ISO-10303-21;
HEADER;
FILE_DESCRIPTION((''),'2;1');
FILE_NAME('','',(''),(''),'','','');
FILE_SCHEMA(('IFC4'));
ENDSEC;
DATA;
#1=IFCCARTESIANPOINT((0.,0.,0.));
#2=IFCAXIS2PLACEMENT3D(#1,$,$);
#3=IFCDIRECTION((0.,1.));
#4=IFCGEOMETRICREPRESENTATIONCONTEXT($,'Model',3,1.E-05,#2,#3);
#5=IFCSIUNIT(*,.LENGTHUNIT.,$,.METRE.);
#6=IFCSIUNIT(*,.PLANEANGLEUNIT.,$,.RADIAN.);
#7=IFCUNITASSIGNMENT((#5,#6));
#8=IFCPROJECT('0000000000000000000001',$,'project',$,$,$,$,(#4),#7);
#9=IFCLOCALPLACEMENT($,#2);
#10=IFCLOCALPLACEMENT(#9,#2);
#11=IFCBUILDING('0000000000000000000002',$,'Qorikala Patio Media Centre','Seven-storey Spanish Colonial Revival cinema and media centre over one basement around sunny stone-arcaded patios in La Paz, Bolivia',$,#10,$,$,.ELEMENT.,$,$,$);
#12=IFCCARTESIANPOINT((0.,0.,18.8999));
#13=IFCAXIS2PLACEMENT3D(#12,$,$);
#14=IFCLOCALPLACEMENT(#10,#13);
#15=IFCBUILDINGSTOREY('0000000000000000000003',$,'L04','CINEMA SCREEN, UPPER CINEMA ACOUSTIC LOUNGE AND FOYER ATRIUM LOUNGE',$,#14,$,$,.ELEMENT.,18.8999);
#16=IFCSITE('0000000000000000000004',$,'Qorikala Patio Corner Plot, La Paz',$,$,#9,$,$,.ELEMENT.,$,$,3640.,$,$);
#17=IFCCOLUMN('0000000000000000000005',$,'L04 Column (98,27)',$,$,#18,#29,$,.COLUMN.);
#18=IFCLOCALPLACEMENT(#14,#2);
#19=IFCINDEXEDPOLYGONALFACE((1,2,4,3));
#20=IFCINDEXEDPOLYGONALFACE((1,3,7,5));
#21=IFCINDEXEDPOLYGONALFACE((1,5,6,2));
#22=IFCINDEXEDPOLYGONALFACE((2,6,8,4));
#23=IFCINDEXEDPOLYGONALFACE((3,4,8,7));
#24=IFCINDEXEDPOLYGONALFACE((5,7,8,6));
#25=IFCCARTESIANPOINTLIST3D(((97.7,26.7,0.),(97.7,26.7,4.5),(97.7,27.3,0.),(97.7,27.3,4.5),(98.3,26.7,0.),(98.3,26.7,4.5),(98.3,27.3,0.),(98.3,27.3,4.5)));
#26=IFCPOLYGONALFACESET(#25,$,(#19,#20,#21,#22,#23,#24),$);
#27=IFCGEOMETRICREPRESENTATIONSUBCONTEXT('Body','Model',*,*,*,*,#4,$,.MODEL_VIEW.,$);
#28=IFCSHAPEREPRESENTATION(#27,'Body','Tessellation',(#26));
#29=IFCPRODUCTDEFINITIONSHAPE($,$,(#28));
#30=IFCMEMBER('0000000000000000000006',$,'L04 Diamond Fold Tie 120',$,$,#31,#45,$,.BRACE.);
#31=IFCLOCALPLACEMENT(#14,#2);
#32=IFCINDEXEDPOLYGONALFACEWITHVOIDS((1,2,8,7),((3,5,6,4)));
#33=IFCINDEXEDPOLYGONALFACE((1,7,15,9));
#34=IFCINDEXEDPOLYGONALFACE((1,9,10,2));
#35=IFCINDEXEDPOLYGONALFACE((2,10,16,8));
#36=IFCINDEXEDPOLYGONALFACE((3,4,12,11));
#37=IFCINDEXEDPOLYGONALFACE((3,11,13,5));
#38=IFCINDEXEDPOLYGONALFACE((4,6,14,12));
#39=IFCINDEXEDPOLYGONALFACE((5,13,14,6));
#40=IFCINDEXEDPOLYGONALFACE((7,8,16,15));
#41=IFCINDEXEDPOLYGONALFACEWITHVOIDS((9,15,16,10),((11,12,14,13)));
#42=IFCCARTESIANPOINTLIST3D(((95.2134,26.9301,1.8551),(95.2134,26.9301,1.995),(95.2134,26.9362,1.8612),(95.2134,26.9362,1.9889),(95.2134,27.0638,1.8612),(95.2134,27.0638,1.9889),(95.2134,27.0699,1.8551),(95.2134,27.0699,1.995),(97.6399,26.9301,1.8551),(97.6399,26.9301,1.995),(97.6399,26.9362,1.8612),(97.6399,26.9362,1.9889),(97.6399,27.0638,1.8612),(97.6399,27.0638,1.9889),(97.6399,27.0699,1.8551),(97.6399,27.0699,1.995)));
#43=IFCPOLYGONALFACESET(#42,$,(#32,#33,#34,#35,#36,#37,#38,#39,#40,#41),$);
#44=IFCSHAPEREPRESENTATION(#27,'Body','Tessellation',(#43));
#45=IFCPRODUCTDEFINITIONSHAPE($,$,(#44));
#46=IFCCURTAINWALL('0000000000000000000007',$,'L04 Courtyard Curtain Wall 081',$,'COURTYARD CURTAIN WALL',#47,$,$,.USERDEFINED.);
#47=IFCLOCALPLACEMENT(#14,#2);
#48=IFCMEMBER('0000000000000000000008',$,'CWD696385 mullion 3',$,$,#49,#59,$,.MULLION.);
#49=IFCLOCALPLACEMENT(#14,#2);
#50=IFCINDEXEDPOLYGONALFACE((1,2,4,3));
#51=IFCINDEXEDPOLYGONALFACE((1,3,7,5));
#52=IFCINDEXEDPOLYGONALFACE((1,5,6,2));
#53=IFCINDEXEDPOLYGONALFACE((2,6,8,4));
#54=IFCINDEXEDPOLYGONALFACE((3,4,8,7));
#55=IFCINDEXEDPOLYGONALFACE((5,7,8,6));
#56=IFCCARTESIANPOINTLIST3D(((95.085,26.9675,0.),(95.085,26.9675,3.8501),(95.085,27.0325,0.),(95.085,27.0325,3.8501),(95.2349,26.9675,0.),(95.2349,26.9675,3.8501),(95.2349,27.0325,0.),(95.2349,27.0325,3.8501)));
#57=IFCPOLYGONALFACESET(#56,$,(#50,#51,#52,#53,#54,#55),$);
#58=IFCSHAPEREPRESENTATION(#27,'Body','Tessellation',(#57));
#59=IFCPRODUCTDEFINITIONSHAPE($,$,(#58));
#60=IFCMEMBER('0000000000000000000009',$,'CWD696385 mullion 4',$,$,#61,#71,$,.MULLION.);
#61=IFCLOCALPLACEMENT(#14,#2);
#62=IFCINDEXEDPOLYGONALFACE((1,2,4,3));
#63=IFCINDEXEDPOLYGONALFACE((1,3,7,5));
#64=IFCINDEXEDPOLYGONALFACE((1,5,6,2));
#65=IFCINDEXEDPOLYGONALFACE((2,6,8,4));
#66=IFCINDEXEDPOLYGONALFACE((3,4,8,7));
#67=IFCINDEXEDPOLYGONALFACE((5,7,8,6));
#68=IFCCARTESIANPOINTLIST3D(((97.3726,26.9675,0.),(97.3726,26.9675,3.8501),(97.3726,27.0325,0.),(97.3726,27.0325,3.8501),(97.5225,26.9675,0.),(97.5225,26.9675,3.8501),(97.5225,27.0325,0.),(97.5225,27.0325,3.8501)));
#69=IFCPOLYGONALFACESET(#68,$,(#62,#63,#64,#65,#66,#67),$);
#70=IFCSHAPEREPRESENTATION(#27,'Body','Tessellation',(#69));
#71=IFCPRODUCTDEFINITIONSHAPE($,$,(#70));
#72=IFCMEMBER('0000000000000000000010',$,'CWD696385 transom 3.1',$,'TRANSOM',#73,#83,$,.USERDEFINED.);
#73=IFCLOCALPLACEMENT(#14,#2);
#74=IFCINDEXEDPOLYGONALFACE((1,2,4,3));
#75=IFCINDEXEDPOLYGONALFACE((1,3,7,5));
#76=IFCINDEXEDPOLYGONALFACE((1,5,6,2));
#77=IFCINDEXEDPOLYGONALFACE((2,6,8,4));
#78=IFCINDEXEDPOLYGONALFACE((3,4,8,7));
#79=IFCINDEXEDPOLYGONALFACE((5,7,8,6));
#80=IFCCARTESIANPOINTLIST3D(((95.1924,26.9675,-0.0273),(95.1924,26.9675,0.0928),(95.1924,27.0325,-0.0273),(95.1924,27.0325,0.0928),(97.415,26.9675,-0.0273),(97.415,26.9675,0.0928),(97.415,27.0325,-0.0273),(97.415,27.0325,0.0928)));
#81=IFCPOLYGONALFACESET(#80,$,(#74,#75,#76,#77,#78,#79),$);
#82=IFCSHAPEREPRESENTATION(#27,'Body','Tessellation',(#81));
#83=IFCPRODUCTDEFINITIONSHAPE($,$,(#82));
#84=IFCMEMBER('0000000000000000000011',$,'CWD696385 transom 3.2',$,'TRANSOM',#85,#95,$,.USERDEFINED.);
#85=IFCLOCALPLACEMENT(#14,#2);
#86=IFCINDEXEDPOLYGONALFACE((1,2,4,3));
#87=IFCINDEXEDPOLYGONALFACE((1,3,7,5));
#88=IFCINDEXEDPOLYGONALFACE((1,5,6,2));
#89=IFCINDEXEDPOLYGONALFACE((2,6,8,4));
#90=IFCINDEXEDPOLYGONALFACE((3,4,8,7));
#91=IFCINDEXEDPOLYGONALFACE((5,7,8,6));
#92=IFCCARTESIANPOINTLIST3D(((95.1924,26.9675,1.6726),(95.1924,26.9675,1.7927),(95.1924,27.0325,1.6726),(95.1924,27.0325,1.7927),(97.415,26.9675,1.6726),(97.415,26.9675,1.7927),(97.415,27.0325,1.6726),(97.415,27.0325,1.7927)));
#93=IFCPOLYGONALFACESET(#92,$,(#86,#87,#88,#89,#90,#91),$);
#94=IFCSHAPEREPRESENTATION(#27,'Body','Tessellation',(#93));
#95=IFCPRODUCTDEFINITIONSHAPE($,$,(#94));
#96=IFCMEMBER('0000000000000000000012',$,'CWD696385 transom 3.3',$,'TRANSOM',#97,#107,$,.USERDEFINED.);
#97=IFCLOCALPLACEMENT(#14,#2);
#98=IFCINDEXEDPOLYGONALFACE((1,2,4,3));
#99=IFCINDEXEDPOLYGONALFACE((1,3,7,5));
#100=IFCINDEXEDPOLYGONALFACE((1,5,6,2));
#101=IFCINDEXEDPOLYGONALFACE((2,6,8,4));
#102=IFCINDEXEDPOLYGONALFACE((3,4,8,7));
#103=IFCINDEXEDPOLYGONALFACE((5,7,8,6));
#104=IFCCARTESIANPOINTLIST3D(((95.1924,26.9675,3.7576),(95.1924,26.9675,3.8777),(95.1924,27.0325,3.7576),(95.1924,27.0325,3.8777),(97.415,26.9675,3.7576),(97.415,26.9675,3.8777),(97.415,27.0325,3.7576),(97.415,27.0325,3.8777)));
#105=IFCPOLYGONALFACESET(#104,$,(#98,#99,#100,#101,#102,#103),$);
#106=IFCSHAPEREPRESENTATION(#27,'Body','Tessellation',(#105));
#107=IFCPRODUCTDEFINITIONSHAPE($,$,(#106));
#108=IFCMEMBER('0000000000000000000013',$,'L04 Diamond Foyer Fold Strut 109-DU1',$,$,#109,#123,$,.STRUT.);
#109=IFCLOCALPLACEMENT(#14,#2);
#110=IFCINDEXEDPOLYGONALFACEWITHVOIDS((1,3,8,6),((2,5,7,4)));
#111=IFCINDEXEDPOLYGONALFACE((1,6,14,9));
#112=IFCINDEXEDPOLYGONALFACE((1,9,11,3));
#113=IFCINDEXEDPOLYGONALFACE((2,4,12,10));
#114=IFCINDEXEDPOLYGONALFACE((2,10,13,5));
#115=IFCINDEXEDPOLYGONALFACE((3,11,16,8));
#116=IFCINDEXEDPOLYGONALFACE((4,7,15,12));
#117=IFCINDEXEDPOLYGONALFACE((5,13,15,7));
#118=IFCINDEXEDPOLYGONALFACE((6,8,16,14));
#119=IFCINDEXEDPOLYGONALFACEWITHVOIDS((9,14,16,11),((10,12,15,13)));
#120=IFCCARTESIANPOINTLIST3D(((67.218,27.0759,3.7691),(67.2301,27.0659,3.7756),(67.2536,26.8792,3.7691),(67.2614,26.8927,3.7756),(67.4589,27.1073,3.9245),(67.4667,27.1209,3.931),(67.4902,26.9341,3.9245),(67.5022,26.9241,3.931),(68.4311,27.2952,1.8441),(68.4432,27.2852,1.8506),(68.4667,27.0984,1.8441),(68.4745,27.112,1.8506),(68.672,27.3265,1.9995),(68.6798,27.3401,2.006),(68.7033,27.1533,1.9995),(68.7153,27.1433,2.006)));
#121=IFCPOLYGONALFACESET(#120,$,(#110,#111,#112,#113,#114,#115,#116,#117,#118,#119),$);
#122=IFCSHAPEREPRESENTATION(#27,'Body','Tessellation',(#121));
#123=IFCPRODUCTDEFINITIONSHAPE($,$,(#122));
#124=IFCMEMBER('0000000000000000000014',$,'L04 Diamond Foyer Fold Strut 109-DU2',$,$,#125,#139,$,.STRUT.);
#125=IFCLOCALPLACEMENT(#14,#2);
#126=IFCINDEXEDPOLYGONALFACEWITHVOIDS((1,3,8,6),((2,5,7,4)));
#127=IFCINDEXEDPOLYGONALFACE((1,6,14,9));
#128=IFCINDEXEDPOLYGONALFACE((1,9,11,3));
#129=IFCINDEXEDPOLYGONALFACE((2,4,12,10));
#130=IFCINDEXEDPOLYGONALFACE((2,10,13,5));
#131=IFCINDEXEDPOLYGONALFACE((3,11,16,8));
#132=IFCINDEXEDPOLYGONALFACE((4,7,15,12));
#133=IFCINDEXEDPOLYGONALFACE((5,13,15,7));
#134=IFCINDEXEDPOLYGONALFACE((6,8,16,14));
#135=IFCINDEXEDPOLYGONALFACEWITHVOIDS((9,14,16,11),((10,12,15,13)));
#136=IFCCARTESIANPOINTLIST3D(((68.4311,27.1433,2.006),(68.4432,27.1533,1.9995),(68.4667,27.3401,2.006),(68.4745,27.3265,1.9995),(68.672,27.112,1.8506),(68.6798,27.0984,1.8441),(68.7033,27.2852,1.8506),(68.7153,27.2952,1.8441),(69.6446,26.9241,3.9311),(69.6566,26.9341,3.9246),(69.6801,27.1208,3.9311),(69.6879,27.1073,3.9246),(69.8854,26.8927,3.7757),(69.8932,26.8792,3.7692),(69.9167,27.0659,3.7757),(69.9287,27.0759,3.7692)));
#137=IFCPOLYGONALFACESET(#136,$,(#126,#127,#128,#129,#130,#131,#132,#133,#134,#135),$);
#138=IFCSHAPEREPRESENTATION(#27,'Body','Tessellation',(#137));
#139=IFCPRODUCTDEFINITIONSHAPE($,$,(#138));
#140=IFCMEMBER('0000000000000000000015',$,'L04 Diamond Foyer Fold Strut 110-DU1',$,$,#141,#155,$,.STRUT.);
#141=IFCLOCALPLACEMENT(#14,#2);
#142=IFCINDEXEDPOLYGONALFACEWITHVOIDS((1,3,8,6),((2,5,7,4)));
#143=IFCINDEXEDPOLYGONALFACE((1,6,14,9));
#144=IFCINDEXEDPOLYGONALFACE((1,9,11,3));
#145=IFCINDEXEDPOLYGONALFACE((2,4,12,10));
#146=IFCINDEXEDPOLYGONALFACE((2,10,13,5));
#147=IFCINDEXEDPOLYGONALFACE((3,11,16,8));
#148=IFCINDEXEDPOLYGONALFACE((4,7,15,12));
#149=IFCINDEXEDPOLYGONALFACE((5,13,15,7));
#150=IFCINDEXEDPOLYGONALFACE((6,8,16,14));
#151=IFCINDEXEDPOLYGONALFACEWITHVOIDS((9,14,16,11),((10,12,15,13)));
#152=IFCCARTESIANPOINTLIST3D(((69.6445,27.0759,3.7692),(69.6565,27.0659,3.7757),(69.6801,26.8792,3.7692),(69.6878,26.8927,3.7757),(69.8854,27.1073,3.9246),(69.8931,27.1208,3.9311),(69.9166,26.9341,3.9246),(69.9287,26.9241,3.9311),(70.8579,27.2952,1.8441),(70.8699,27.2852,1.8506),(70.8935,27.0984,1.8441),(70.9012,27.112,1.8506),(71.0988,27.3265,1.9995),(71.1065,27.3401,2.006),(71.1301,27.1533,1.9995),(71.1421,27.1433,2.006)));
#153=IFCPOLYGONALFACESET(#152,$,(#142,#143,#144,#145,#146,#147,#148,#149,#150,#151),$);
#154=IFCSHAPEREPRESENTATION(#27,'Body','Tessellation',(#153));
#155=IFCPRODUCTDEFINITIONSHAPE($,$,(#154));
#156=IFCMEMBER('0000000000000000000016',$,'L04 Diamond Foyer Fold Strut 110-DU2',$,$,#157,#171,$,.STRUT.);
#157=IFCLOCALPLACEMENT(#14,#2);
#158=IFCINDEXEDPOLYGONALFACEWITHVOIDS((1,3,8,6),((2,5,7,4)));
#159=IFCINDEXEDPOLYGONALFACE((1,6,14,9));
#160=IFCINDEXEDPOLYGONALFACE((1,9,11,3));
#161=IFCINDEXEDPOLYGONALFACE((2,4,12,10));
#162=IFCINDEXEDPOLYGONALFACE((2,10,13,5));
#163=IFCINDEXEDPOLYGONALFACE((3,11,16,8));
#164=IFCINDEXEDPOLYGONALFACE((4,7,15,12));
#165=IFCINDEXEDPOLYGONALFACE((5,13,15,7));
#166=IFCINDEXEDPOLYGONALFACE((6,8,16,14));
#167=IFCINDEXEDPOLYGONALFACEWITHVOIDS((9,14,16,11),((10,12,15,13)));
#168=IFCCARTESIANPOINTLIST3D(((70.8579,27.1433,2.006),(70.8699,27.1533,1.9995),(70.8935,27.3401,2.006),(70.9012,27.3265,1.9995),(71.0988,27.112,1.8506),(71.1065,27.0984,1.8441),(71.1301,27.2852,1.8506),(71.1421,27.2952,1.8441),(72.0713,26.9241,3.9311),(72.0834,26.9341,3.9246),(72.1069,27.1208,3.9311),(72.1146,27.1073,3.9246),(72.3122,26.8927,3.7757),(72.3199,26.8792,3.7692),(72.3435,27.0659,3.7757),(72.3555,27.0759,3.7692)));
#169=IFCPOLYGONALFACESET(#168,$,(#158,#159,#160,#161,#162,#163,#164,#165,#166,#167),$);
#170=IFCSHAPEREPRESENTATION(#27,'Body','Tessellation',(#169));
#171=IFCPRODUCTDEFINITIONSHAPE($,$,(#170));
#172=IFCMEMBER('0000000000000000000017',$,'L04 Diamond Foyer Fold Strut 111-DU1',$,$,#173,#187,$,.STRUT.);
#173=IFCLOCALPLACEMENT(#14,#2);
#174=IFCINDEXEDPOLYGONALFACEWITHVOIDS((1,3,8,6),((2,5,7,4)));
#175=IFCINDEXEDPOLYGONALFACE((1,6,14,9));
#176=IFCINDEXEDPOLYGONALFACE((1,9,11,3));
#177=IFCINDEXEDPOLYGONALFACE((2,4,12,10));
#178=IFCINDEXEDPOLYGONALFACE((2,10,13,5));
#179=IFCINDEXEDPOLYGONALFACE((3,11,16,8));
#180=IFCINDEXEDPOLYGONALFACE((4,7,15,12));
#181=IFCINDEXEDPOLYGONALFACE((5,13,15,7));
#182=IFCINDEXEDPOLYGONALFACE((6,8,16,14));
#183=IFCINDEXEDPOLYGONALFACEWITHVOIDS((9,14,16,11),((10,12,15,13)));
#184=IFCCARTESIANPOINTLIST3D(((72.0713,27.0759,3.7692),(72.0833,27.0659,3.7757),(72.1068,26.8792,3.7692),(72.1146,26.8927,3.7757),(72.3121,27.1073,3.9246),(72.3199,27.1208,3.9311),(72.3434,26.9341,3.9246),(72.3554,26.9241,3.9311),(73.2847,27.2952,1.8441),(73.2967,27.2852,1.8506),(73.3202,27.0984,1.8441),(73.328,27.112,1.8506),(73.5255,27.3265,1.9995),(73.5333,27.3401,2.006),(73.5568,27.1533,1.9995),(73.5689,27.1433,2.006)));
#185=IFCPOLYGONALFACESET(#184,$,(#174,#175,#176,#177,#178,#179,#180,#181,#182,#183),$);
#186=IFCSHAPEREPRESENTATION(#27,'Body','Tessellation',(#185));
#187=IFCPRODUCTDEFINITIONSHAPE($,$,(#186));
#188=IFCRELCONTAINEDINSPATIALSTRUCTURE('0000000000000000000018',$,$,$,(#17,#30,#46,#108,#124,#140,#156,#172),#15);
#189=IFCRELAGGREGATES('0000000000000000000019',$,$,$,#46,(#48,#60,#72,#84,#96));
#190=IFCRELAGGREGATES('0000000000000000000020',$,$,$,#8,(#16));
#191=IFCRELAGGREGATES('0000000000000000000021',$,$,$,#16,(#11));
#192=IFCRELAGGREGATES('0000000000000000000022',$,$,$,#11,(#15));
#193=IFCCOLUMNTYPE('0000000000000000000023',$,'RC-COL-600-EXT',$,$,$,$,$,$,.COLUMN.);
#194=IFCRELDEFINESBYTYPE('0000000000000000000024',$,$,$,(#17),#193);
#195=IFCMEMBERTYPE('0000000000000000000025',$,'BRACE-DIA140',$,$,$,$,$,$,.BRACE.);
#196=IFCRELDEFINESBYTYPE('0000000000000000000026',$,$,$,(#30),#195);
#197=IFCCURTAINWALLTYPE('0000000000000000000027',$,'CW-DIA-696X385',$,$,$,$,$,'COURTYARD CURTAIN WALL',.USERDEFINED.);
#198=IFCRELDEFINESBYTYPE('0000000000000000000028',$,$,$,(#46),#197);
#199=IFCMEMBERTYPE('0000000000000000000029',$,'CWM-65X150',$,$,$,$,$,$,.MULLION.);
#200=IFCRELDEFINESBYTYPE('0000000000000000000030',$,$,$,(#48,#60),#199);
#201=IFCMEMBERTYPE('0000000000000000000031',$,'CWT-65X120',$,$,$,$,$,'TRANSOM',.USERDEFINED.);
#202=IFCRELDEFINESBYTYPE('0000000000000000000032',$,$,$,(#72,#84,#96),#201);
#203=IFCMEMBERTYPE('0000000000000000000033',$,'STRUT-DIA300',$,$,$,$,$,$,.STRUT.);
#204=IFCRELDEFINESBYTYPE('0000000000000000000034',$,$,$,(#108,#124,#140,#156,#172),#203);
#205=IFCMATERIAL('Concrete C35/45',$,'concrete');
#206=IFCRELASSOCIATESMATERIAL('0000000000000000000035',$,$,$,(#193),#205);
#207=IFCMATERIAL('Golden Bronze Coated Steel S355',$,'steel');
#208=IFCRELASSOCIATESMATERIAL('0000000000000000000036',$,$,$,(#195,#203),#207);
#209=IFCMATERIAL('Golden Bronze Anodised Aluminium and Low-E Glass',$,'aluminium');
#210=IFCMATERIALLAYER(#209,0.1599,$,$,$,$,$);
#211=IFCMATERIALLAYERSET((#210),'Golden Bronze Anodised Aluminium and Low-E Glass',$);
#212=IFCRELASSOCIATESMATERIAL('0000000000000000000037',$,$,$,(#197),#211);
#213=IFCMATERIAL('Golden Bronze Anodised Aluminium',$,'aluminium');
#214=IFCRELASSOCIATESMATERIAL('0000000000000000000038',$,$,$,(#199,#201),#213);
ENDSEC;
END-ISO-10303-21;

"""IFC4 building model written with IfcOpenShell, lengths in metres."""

from ifc_helpers import new_model, si_unit, direction, frame, origin, origin_2d, place, context, subcontext, project, spatial, rectangle, hollow_rectangle, extrude, material, layer, layer_set, material_profile, profile_set, type_object, element, aggregate, save


model = new_model("IFC4")

# Units and contexts
model_context = context("Model", 3, precision=1e-05, world=origin(), true_north=direction((0.0, 1.0)))
body_context = subcontext(model_context, "Body", "Model", "MODEL_VIEW")
ifc_project = project(units=[si_unit("LENGTHUNIT", "METRE"), si_unit("PLANEANGLEUNIT", "RADIAN")], contexts=[model_context])

# Site, building, storey
site_placement = place(None, origin())
site = spatial("IfcSite", under=ifc_project, at=site_placement, Name="Qorikala Patio Corner Plot, La Paz", CompositionType="ELEMENT", RefElevation=3640.0)
building_placement = place(site_placement, origin())
building = spatial("IfcBuilding", under=site, at=building_placement, Name="Qorikala Patio Media Centre", Description="Seven-storey Spanish Colonial Revival cinema and media centre over one basement around sunny stone-arcaded patios in La Paz, Bolivia", CompositionType="ELEMENT")
storey_placement = place(building_placement, frame((0.0, 0.0, 18.8999)))
storey = spatial("IfcBuildingStorey", under=building, at=storey_placement, Name="L04", Description="CINEMA SCREEN, UPPER CINEMA ACOUSTIC LOUNGE AND FOYER ATRIUM LOUNGE", CompositionType="ELEMENT", Elevation=18.8999)

# Column
ifc_material_1 = material(Name="Concrete C35/45", Category="concrete")
ifc_material_profile_1 = material_profile(ifc_material_1, rectangle(XDim=0.6001, YDim=0.6001, at=origin_2d()), Name="RC 600x600")
ifc_profile_set_1 = profile_set([ifc_material_profile_1], Name="Concrete C35/45")
column_type = type_object("IfcColumnType", Name="RC-COL-600-EXT", PredefinedType="COLUMN", material=ifc_profile_set_1)
column_placement = place(storey_placement, frame((98.0, 27.0, 0.0), z_axis=(0.0, 0.0, 1.0), x_axis=(1.0, 0.0, 0.0)))
element("IfcColumn", 1, at=column_placement, inside=storey, type_object=column_type, Name="L04 Column (98,27)", PredefinedType="COLUMN", context=body_context, shape_type="SweptSolid", body=[
    extrude(rectangle(XDim=0.6001, YDim=0.6001, at=origin_2d()), origin(), (0.0, 0.0, 1.0), 4.5),
])

# Member
ifc_material_2 = material(Name="Golden Bronze Coated Steel S355", Category="steel")
ifc_material_profile_2 = material_profile(ifc_material_2, hollow_rectangle(XDim=0.1399, YDim=0.1399, WallThickness=0.0061, at=origin_2d()), Name="HSS140X140X6")
ifc_profile_set_2 = profile_set([ifc_material_profile_2], Name="Golden Bronze Coated Steel S355")
member_type_1 = type_object("IfcMemberType", Name="BRACE-DIA140", PredefinedType="BRACE", material=ifc_profile_set_2)
member_1_placement = place(storey_placement, frame((95.2134, 27.0, 1.925), z_axis=(1.0, 0.0, 0.0), x_axis=(0.0, 1.0, 0.0)))
element("IfcMember", 2, at=member_1_placement, inside=storey, type_object=member_type_1, Name="L04 Diamond Fold Tie 120", PredefinedType="BRACE", context=body_context, shape_type="SweptSolid", body=[
    extrude(hollow_rectangle(XDim=0.1399, YDim=0.1399, WallThickness=0.0061, at=origin_2d()), origin(), (0.0, 0.0, 1.0), 2.4265),
])

# Curtain wall, members
ifc_material_3 = material(Name="Golden Bronze Anodised Aluminium and Low-E Glass", Category="aluminium")
ifc_layer_1 = layer(ifc_material_3, 0.1599)
ifc_layer_set_1 = layer_set([ifc_layer_1], Name="Golden Bronze Anodised Aluminium and Low-E Glass")
curtain_wall_type = type_object("IfcCurtainWallType", Name="CW-DIA-696X385", ElementType="COURTYARD CURTAIN WALL", PredefinedType="USERDEFINED", material=ifc_layer_set_1)
curtain_wall_placement = place(storey_placement, origin())
curtain_wall = element("IfcCurtainWall", 3, at=curtain_wall_placement, inside=storey, type_object=curtain_wall_type, Name="L04 Courtyard Curtain Wall 081", ObjectType="COURTYARD CURTAIN WALL", PredefinedType="USERDEFINED")
ifc_material_4 = material(Name="Golden Bronze Anodised Aluminium", Category="aluminium")
ifc_material_profile_3 = material_profile(ifc_material_4, rectangle(XDim=0.0649, YDim=0.1499, at=origin_2d()), Name="ALU MULLION 65x150")
ifc_profile_set_3 = profile_set([ifc_material_profile_3], Name="Golden Bronze Anodised Aluminium")
member_type_2 = type_object("IfcMemberType", Name="CWM-65X150", PredefinedType="MULLION", material=ifc_profile_set_3)
member_2_placement = place(storey_placement, frame((95.1599, 27.0, 0.0), z_axis=(0.0, 0.0, 1.0), x_axis=(0.0, 1.0, 0.0)))
member_2 = element("IfcMember", 4, at=member_2_placement, type_object=member_type_2, Name="CWD696385 mullion 3", PredefinedType="MULLION", context=body_context, shape_type="SweptSolid", body=[
    extrude(rectangle(XDim=0.0649, YDim=0.1499, at=origin_2d()), origin(), (0.0, 0.0, 1.0), 3.8501),
])
member_3_placement = place(storey_placement, frame((97.4475, 27.0, 0.0), z_axis=(0.0, 0.0, 1.0), x_axis=(0.0, 1.0, 0.0)))
member_3 = element("IfcMember", 5, at=member_3_placement, type_object=member_type_2, Name="CWD696385 mullion 4", PredefinedType="MULLION", context=body_context, shape_type="SweptSolid", body=[
    extrude(rectangle(XDim=0.0649, YDim=0.1499, at=origin_2d()), origin(), (0.0, 0.0, 1.0), 3.8501),
])
ifc_material_profile_4 = material_profile(ifc_material_4, rectangle(XDim=0.0649, YDim=0.1201, at=origin_2d()), Name="ALU TRANSOM 65x120")
ifc_profile_set_4 = profile_set([ifc_material_profile_4], Name="Golden Bronze Anodised Aluminium")
member_type_3 = type_object("IfcMemberType", Name="CWT-65X120", ElementType="TRANSOM", PredefinedType="USERDEFINED", material=ifc_profile_set_4)
member_4_placement = place(storey_placement, frame((95.1924, 27.0, 0.0327), z_axis=(1.0, 0.0, 0.0), x_axis=(0.0, 1.0, 0.0)))
member_4 = element("IfcMember", 6, at=member_4_placement, type_object=member_type_3, Name="CWD696385 transom 3.1", ObjectType="TRANSOM", PredefinedType="USERDEFINED", context=body_context, shape_type="SweptSolid", body=[
    extrude(rectangle(XDim=0.0649, YDim=0.1201, at=origin_2d()), origin(), (0.0, 0.0, 1.0), 2.2227),
])
member_5_placement = place(storey_placement, frame((95.1924, 27.0, 1.7327), z_axis=(1.0, 0.0, 0.0), x_axis=(0.0, 1.0, 0.0)))
member_5 = element("IfcMember", 7, at=member_5_placement, type_object=member_type_3, Name="CWD696385 transom 3.2", ObjectType="TRANSOM", PredefinedType="USERDEFINED", context=body_context, shape_type="SweptSolid", body=[
    extrude(rectangle(XDim=0.0649, YDim=0.1201, at=origin_2d()), origin(), (0.0, 0.0, 1.0), 2.2227),
])
member_6_placement = place(storey_placement, frame((95.1924, 27.0, 3.8176), z_axis=(1.0, 0.0, 0.0), x_axis=(0.0, 1.0, 0.0)))
member_6 = element("IfcMember", 8, at=member_6_placement, type_object=member_type_3, Name="CWD696385 transom 3.3", ObjectType="TRANSOM", PredefinedType="USERDEFINED", context=body_context, shape_type="SweptSolid", body=[
    extrude(rectangle(XDim=0.0649, YDim=0.1201, at=origin_2d()), origin(), (0.0, 0.0, 1.0), 2.2227),
])

# Members
ifc_material_profile_5 = material_profile(ifc_material_2, hollow_rectangle(XDim=0.2, YDim=0.3, WallThickness=0.012, at=origin_2d()), Name="HSS300X200X12")
ifc_profile_set_5 = profile_set([ifc_material_profile_5], Name="Golden Bronze Coated Steel S355")
member_type_4 = type_object("IfcMemberType", Name="STRUT-DIA300", PredefinedType="STRUT", material=ifc_profile_set_5)
member_7_placement = place(storey_placement, frame((68.5732, 27.2192, 1.925), z_axis=(-0.530691, -0.095907, 0.842121), x_axis=(0.17784, -0.984059, 0.0)))
element("IfcMember", 9, at=member_7_placement, inside=storey, type_object=member_type_4, Name="L04 Diamond Foyer Fold Strut 109-DU1", PredefinedType="STRUT", context=body_context, shape_type="SweptSolid", body=[
    extrude(hollow_rectangle(XDim=0.2, YDim=0.3, WallThickness=0.012, at=origin_2d()), origin(), (0.0, 0.0, 1.0), 2.2859),
])
for number, where, z_axis, x_axis, name in (
    (10, (68.5732, 27.2192, 1.925), (0.530768, -0.095901, 0.842074), (0.177805, 0.984066, 0.0), "L04 Diamond Foyer Fold Strut 109-DU2"),
    (11, (71.0, 27.2192, 1.925), (-0.530768, -0.095901, 0.842074), (0.177805, -0.984066, 0.0), "L04 Diamond Foyer Fold Strut 110-DU1"),
    (12, (71.0, 27.2192, 1.925), (0.530768, -0.095901, 0.842074), (0.177805, 0.984066, 0.0), "L04 Diamond Foyer Fold Strut 110-DU2"),
    (13, (73.4268, 27.2192, 1.925), (-0.530768, -0.095901, 0.842074), (0.177805, -0.984066, 0.0), "L04 Diamond Foyer Fold Strut 111-DU1"),
):
    element("IfcMember", number, at=place(storey_placement, frame(where, z_axis=z_axis, x_axis=x_axis)), inside=storey, type_object=member_type_4, Name=name, PredefinedType="STRUT", context=body_context, shape_type="SweptSolid", body=[
        extrude(hollow_rectangle(XDim=0.2, YDim=0.3, WallThickness=0.012, at=origin_2d()), origin(), (0.0, 0.0, 1.0), 2.2861),
    ])

aggregate(curtain_wall, [member_2, member_3, member_4, member_5, member_6])

save(model, "model.ifc")
